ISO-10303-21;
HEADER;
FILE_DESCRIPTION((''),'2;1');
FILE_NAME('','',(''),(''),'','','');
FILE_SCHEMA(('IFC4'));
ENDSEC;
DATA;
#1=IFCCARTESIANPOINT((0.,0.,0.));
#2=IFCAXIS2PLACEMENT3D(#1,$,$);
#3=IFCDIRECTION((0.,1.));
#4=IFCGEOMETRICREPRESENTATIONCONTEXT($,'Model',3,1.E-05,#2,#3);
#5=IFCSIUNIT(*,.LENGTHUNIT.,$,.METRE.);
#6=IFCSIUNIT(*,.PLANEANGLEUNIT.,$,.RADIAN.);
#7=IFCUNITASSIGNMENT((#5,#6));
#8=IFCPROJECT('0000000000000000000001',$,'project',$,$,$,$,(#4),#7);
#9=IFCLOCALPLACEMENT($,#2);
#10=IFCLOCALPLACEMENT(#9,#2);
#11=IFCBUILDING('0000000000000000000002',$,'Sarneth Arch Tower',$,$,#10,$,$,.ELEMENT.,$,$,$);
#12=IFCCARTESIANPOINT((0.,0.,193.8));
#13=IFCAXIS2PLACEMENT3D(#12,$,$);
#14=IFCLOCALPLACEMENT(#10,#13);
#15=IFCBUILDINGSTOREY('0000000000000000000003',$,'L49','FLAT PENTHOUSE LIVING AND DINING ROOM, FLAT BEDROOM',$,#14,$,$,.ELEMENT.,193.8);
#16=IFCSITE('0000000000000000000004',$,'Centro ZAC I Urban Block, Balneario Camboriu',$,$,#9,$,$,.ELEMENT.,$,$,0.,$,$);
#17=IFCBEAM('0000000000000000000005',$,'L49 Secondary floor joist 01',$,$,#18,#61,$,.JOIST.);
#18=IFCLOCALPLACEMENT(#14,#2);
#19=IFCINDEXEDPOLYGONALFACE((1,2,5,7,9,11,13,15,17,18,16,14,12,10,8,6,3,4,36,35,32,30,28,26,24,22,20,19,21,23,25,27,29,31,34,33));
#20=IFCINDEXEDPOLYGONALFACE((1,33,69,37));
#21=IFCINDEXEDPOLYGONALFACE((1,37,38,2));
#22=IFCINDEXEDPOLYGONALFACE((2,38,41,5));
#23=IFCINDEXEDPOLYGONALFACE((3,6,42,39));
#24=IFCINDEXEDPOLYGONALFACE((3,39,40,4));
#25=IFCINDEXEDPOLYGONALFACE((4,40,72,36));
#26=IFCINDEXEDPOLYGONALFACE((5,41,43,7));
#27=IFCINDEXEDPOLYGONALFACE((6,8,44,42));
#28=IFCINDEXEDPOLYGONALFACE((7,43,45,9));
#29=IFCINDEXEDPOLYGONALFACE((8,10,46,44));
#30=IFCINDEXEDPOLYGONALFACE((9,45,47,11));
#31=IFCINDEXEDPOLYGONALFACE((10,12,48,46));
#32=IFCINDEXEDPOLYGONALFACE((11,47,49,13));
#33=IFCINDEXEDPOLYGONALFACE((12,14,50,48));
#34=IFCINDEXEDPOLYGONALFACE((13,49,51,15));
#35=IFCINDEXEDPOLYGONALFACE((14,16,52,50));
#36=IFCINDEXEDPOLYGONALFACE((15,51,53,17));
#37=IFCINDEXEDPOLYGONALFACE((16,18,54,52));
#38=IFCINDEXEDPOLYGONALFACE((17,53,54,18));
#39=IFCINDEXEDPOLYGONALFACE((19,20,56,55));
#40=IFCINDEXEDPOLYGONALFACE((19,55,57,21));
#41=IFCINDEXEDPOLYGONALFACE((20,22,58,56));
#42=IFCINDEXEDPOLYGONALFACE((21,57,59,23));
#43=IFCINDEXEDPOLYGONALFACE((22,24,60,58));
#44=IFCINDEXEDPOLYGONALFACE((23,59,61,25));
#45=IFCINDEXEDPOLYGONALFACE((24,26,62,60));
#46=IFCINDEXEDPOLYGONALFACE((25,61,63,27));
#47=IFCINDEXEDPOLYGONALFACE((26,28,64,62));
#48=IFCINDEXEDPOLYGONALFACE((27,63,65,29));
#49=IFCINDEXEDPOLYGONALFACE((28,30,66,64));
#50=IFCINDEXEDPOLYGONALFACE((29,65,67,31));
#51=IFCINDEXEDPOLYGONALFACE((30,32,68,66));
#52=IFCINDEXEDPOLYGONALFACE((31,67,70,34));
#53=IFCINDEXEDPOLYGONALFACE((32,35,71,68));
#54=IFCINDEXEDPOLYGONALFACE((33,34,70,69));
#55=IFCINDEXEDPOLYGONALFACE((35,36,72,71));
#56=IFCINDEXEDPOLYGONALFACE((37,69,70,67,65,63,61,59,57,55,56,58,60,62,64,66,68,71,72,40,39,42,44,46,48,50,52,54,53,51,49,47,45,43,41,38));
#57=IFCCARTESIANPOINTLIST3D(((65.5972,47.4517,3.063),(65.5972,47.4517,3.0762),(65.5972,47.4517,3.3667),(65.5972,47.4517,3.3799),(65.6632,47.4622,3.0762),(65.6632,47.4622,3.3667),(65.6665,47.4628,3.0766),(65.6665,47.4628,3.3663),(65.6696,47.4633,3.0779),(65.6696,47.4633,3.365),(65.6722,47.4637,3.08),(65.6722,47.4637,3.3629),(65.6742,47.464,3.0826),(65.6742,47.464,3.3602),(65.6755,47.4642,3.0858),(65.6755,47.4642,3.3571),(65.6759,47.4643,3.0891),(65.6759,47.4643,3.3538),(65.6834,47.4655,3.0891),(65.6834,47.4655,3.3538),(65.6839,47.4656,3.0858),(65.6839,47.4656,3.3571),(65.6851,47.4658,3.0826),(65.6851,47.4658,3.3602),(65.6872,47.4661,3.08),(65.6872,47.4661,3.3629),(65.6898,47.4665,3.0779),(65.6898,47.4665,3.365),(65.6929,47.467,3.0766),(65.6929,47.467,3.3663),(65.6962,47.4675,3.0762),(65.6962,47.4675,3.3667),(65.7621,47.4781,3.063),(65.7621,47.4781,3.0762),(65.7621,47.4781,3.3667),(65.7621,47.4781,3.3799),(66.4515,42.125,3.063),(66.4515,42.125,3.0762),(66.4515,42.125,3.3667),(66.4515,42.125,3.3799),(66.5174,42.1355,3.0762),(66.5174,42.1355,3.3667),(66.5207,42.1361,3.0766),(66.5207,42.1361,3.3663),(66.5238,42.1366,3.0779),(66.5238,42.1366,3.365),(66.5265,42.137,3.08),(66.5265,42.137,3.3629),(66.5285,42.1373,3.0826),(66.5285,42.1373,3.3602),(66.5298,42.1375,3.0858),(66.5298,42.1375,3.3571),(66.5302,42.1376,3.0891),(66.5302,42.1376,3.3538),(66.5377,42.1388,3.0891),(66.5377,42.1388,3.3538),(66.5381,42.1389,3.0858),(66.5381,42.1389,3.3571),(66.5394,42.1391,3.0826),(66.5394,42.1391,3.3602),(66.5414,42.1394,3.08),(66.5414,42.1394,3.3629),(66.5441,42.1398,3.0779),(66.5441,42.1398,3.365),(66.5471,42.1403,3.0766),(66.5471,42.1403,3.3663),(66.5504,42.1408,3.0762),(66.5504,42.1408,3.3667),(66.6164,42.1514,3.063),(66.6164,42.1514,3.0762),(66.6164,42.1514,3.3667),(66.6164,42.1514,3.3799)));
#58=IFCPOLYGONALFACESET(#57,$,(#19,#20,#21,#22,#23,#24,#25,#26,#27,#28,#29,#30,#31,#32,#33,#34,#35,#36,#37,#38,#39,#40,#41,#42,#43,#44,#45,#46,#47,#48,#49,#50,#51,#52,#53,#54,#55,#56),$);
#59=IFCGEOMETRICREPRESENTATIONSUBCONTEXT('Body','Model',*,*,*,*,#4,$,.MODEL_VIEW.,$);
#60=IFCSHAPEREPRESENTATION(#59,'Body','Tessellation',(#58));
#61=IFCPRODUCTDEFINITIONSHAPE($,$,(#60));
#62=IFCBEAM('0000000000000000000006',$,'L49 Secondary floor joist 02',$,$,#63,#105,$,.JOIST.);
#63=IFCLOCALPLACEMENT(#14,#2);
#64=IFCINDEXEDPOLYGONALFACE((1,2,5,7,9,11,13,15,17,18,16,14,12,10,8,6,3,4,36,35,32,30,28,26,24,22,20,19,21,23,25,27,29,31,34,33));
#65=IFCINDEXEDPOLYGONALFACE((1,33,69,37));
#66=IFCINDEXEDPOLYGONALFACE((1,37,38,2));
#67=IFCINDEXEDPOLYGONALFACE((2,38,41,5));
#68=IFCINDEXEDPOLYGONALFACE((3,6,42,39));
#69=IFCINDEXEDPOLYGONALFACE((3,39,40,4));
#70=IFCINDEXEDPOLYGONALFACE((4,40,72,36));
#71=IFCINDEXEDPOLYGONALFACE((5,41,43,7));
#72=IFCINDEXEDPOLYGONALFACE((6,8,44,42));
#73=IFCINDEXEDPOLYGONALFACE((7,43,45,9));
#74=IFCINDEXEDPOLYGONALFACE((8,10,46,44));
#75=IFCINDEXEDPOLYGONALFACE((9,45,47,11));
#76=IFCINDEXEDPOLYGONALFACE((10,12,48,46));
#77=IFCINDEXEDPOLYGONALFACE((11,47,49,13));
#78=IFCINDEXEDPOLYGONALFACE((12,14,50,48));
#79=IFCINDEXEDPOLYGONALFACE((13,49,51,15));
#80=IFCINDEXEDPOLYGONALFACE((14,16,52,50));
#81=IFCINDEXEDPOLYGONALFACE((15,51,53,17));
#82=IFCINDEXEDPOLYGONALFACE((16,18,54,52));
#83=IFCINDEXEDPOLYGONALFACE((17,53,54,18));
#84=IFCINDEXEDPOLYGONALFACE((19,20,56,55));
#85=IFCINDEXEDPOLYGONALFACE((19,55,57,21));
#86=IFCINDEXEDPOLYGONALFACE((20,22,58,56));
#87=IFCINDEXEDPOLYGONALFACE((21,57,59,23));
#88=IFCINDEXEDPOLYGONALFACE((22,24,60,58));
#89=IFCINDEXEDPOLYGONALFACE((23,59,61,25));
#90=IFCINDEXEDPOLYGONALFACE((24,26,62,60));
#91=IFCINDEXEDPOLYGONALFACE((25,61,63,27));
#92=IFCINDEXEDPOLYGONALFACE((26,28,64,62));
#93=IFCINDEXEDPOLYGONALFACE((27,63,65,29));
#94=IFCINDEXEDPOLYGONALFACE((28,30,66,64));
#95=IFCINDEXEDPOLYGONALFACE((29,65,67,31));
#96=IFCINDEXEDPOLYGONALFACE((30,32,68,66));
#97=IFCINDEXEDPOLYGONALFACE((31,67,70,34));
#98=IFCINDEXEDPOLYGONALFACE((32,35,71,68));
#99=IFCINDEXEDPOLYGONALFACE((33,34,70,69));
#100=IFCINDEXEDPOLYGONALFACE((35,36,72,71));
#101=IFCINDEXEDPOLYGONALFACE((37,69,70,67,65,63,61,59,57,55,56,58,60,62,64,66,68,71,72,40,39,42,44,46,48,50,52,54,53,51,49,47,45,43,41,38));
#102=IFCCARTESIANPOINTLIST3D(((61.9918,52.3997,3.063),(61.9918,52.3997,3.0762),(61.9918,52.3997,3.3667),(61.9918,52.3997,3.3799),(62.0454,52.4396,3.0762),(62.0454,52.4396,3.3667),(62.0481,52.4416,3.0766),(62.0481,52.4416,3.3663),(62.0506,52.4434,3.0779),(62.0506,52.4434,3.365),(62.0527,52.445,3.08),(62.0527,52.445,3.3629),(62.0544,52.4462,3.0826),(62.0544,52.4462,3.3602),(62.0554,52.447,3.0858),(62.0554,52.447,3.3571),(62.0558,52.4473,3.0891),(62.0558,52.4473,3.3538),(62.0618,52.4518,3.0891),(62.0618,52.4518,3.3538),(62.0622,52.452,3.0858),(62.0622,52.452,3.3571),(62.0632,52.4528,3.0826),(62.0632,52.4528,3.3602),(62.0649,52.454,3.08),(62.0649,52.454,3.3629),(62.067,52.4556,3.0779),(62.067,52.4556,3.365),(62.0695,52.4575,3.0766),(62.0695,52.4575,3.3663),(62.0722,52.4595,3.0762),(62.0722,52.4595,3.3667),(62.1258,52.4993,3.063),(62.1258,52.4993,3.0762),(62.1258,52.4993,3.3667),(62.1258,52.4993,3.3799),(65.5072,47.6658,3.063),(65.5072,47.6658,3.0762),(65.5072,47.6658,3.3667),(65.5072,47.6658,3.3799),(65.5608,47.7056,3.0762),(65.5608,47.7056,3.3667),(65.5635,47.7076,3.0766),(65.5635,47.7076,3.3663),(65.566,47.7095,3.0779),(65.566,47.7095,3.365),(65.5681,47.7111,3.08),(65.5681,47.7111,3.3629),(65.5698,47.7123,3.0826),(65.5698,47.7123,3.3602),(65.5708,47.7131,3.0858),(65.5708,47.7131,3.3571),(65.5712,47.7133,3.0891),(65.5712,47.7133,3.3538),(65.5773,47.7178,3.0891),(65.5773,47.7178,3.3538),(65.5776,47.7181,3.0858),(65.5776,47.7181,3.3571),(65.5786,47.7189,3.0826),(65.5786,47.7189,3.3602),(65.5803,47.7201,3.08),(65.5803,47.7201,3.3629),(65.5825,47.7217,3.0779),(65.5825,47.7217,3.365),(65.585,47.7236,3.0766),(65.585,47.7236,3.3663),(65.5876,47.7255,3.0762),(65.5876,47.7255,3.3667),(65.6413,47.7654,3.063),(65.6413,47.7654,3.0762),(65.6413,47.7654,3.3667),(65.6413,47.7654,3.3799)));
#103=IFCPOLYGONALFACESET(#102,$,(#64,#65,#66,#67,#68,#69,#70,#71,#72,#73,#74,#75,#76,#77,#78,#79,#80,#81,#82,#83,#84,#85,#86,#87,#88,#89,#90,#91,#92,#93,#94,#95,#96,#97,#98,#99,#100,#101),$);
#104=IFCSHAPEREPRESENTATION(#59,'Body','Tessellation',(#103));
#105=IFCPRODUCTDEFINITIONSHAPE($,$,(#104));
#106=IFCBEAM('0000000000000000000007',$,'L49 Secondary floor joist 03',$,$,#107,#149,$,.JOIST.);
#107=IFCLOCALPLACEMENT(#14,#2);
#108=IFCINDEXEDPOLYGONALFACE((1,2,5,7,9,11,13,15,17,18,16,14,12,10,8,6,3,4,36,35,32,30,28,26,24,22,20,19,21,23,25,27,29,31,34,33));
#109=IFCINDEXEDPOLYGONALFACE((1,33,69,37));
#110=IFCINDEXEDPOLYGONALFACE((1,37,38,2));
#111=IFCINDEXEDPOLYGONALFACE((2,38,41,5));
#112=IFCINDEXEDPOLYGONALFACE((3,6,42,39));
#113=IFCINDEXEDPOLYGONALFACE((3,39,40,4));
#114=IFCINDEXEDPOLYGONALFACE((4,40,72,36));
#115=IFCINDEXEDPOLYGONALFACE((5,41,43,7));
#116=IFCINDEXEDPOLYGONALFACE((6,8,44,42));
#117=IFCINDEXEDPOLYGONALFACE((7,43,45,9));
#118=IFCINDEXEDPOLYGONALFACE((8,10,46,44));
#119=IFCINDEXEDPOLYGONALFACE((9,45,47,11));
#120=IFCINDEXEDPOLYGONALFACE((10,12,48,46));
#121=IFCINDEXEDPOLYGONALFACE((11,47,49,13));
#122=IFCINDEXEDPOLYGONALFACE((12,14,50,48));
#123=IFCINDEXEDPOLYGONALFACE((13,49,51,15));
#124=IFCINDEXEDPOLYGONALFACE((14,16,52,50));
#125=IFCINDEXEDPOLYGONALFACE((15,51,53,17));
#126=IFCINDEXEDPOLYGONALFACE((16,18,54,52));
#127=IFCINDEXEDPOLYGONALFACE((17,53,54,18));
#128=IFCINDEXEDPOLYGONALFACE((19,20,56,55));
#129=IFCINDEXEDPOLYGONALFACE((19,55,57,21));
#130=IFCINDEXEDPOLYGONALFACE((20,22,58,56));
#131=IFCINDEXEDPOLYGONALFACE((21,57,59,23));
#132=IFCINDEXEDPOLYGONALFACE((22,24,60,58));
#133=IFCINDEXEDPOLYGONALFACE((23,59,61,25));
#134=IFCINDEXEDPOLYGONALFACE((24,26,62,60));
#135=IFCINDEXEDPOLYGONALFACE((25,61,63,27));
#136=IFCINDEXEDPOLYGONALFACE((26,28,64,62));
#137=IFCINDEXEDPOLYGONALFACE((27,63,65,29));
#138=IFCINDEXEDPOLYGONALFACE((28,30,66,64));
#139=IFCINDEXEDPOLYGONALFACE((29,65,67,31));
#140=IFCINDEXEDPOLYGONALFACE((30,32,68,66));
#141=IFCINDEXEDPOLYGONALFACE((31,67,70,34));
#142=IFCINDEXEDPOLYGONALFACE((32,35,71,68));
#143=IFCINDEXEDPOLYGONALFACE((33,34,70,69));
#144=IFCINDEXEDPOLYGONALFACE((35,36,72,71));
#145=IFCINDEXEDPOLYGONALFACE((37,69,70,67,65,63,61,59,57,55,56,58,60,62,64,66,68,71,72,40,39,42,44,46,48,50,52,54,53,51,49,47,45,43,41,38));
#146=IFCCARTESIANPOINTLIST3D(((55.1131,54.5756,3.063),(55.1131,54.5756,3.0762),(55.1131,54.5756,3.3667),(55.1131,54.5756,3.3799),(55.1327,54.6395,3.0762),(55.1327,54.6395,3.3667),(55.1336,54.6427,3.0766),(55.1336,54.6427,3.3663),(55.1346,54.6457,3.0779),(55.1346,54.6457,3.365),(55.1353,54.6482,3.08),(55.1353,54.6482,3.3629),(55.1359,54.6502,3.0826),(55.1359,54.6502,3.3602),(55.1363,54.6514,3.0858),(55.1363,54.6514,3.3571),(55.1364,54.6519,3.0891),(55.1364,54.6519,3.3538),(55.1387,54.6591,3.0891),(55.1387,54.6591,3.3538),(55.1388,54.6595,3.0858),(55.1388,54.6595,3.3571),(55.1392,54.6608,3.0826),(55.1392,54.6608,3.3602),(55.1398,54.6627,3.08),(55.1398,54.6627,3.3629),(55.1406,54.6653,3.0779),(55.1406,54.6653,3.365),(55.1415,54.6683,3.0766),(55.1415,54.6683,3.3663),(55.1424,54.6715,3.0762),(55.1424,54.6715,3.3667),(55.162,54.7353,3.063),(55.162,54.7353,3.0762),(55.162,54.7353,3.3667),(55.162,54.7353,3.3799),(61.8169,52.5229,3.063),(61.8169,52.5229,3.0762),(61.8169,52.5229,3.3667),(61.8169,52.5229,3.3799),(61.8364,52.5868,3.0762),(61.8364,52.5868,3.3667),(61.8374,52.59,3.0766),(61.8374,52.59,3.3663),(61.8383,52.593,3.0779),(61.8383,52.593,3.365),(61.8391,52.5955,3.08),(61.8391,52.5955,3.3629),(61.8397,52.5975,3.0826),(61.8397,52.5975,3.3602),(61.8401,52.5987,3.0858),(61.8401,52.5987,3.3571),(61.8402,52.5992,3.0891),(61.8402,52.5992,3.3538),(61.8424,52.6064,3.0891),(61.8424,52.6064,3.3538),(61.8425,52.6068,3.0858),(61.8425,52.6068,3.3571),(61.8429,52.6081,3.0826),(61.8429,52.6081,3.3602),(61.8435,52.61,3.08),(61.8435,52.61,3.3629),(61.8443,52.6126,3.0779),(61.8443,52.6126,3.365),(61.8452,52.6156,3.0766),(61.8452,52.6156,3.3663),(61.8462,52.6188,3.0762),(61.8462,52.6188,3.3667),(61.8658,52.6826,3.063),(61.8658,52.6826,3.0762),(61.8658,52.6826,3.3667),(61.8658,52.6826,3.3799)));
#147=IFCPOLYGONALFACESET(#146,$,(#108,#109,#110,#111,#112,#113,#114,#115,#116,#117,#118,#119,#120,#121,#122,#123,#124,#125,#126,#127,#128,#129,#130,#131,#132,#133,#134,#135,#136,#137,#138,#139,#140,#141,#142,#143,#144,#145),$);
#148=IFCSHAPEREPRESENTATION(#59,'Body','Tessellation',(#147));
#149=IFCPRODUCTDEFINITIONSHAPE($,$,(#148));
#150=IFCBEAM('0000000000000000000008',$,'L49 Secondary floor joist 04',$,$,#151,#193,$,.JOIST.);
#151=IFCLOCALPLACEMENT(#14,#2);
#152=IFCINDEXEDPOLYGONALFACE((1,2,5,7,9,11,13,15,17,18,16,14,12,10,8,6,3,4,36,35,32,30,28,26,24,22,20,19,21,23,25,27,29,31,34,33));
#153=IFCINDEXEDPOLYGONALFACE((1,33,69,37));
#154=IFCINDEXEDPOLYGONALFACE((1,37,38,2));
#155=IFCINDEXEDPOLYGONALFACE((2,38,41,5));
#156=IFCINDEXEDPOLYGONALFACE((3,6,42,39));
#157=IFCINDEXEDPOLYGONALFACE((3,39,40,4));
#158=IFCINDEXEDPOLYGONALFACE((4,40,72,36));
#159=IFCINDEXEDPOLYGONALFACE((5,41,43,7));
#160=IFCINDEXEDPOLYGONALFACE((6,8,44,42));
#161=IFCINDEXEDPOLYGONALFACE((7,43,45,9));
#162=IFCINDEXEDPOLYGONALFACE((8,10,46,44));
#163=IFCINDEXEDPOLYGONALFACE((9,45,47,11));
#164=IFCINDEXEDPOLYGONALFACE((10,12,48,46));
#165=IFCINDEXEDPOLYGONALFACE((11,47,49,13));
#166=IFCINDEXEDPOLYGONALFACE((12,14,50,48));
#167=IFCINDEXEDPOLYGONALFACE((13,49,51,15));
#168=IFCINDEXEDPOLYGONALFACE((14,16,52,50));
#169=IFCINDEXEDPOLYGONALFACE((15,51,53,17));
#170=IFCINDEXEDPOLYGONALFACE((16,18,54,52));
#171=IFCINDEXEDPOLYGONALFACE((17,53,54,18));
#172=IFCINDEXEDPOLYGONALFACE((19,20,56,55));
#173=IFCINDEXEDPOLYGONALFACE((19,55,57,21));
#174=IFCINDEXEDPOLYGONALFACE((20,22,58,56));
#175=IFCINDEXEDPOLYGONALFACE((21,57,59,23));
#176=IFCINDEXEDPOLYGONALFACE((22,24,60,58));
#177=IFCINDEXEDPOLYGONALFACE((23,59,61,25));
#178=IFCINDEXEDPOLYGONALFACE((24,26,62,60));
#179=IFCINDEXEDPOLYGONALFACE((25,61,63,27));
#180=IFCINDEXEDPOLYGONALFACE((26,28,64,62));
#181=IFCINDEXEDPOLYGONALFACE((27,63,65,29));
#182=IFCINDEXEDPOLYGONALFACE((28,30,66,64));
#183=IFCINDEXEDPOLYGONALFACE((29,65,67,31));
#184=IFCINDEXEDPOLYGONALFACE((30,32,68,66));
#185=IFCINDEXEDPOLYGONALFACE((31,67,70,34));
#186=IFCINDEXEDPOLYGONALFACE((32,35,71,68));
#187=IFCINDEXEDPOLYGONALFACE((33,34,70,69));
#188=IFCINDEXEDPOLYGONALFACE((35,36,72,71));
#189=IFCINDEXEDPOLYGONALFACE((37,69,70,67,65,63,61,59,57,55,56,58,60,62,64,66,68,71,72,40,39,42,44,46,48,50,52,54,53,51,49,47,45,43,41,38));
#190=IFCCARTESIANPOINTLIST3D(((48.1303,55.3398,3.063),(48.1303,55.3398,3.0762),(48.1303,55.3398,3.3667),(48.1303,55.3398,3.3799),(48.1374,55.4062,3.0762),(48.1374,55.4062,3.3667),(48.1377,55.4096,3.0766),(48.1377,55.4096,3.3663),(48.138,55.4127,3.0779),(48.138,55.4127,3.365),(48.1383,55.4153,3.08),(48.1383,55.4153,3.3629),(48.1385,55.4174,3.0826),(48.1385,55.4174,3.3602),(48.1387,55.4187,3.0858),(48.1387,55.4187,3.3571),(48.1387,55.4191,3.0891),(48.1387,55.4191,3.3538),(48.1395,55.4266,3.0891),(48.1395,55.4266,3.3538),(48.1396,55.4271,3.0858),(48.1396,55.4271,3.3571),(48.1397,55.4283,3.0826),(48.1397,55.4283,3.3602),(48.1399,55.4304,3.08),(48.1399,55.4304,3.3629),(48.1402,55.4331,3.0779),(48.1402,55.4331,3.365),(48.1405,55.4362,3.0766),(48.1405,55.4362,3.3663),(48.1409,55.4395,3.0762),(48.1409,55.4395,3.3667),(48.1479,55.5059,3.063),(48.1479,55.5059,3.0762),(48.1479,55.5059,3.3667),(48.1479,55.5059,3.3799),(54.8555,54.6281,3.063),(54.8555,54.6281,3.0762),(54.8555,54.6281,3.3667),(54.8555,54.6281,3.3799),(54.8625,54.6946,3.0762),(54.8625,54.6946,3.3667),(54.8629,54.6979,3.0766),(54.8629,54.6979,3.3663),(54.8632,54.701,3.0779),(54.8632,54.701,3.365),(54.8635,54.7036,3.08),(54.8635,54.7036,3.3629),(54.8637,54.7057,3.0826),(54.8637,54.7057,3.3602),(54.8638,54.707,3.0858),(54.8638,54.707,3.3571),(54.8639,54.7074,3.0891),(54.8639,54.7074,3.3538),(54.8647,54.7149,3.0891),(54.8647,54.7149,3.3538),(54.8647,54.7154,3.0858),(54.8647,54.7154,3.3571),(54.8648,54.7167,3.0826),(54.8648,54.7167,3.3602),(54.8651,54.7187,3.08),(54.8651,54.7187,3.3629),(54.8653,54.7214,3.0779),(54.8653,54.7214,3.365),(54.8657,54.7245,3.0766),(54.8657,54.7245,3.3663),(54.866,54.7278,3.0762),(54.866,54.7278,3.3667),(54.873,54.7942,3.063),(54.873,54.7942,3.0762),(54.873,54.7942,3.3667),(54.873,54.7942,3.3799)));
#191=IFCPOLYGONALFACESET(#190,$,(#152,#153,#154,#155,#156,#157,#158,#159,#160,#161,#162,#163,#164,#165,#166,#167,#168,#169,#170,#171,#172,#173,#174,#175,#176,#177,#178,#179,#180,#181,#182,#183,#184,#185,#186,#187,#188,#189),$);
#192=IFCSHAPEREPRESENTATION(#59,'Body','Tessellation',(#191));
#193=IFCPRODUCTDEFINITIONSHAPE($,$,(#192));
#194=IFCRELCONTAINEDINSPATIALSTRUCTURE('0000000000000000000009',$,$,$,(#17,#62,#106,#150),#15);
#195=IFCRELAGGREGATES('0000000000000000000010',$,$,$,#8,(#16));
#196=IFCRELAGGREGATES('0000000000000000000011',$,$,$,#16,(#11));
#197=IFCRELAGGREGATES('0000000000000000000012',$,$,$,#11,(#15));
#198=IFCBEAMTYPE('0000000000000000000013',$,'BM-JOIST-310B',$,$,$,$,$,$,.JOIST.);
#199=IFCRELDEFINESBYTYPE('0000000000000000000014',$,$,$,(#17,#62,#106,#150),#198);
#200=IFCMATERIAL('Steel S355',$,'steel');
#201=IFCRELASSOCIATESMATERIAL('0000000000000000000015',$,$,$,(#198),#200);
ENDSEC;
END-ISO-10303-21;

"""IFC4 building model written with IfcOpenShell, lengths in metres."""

from ifc_helpers import new_model, si_unit, direction, frame, origin, origin_2d, place, context, subcontext, project, spatial, i_section, extrude, material, material_profile, profile_set, type_object, element, save


model = new_model("IFC4")

# Units and contexts
model_context = context("Model", 3, precision=1e-05, world=origin(), true_north=direction((0.0, 1.0)))
body_context = subcontext(model_context, "Body", "Model", "MODEL_VIEW")
ifc_project = project(units=[si_unit("LENGTHUNIT", "METRE"), si_unit("PLANEANGLEUNIT", "RADIAN")], contexts=[model_context])

# Site, building, storey
site_placement = place(None, origin())
site = spatial("IfcSite", under=ifc_project, at=site_placement, Name="Centro ZAC I Urban Block, Balneario Camboriu", CompositionType="ELEMENT", RefElevation=0.0)
building_placement = place(site_placement, origin())
building = spatial("IfcBuilding", under=site, at=building_placement, Name="Sarneth Arch Tower", CompositionType="ELEMENT")
storey_placement = place(building_placement, frame((0.0, 0.0, 193.8)))
storey = spatial("IfcBuildingStorey", under=building, at=storey_placement, Name="L49", Description="FLAT PENTHOUSE LIVING AND DINING ROOM, FLAT BEDROOM", CompositionType="ELEMENT", Elevation=193.8)

# Beams
ifc_material_1 = material(Name="Steel S355", Category="steel")
ifc_material_profile_1 = material_profile(ifc_material_1, i_section(OverallWidth=0.167, OverallDepth=0.3169, WebThickness=0.0076, FlangeThickness=0.0132, FilletRadius=0.0129, at=origin_2d()), Name="W310x52")
ifc_profile_set_1 = profile_set([ifc_material_profile_1], Name="Steel S355")
beam_type_1 = type_object("IfcBeamType", Name="BM-JOIST-310B", PredefinedType="JOIST", material=ifc_profile_set_1)
beam_1_placement = place(storey_placement, frame((66.5339, 42.1382, 3.2214), z_axis=(-0.158349, 0.987383, 0.0), x_axis=(-0.987383, -0.158349, 0.0)))
element("IfcBeam", 1, at=beam_1_placement, inside=storey, type_object=beam_type_1, Name="L49 Secondary floor joist 01", PredefinedType="JOIST", context=body_context, shape_type="SweptSolid", body=[
    extrude(i_section(OverallWidth=0.167, OverallDepth=0.3169, WebThickness=0.0076, FlangeThickness=0.0132, FilletRadius=0.0129, at=origin_2d()), origin(), (0.0, 0.0, 1.0), 5.3948),
])
beam_2_placement = place(storey_placement, frame((65.5742, 47.7156, 3.2214), z_axis=(-0.596191, 0.802843, 0.0), x_axis=(-0.802843, -0.596191, 0.0)))
element("IfcBeam", 2, at=beam_2_placement, inside=storey, type_object=beam_type_1, Name="L49 Secondary floor joist 02", PredefinedType="JOIST", context=body_context, shape_type="SweptSolid", body=[
    extrude(i_section(OverallWidth=0.167, OverallDepth=0.3169, WebThickness=0.0076, FlangeThickness=0.0132, FilletRadius=0.0129, at=origin_2d()), origin(), (0.0, 0.0, 1.0), 5.8965),
])
beam_3_placement = place(storey_placement, frame((61.8413, 52.6028, 3.2214), z_axis=(-0.956179, 0.292784, 0.0), x_axis=(-0.292784, -0.956179, 0.0)))
element("IfcBeam", 3, at=beam_3_placement, inside=storey, type_object=beam_type_1, Name="L49 Secondary floor joist 03", PredefinedType="JOIST", context=body_context, shape_type="SweptSolid", body=[
    extrude(i_section(OverallWidth=0.167, OverallDepth=0.3169, WebThickness=0.0076, FlangeThickness=0.0132, FilletRadius=0.0129, at=origin_2d()), origin(), (0.0, 0.0, 1.0), 7.011),
])
beam_4_placement = place(storey_placement, frame((54.8643, 54.7112, 3.2214), z_axis=(-0.994447, 0.105235, 0.0), x_axis=(-0.105235, -0.994447, 0.0)))
element("IfcBeam", 4, at=beam_4_placement, inside=storey, type_object=beam_type_1, Name="L49 Secondary floor joist 04", PredefinedType="JOIST", context=body_context, shape_type="SweptSolid", body=[
    extrude(i_section(OverallWidth=0.167, OverallDepth=0.3169, WebThickness=0.0076, FlangeThickness=0.0132, FilletRadius=0.0129, at=origin_2d()), origin(), (0.0, 0.0, 1.0), 6.7627),
])

save(model, "model.ifc")
